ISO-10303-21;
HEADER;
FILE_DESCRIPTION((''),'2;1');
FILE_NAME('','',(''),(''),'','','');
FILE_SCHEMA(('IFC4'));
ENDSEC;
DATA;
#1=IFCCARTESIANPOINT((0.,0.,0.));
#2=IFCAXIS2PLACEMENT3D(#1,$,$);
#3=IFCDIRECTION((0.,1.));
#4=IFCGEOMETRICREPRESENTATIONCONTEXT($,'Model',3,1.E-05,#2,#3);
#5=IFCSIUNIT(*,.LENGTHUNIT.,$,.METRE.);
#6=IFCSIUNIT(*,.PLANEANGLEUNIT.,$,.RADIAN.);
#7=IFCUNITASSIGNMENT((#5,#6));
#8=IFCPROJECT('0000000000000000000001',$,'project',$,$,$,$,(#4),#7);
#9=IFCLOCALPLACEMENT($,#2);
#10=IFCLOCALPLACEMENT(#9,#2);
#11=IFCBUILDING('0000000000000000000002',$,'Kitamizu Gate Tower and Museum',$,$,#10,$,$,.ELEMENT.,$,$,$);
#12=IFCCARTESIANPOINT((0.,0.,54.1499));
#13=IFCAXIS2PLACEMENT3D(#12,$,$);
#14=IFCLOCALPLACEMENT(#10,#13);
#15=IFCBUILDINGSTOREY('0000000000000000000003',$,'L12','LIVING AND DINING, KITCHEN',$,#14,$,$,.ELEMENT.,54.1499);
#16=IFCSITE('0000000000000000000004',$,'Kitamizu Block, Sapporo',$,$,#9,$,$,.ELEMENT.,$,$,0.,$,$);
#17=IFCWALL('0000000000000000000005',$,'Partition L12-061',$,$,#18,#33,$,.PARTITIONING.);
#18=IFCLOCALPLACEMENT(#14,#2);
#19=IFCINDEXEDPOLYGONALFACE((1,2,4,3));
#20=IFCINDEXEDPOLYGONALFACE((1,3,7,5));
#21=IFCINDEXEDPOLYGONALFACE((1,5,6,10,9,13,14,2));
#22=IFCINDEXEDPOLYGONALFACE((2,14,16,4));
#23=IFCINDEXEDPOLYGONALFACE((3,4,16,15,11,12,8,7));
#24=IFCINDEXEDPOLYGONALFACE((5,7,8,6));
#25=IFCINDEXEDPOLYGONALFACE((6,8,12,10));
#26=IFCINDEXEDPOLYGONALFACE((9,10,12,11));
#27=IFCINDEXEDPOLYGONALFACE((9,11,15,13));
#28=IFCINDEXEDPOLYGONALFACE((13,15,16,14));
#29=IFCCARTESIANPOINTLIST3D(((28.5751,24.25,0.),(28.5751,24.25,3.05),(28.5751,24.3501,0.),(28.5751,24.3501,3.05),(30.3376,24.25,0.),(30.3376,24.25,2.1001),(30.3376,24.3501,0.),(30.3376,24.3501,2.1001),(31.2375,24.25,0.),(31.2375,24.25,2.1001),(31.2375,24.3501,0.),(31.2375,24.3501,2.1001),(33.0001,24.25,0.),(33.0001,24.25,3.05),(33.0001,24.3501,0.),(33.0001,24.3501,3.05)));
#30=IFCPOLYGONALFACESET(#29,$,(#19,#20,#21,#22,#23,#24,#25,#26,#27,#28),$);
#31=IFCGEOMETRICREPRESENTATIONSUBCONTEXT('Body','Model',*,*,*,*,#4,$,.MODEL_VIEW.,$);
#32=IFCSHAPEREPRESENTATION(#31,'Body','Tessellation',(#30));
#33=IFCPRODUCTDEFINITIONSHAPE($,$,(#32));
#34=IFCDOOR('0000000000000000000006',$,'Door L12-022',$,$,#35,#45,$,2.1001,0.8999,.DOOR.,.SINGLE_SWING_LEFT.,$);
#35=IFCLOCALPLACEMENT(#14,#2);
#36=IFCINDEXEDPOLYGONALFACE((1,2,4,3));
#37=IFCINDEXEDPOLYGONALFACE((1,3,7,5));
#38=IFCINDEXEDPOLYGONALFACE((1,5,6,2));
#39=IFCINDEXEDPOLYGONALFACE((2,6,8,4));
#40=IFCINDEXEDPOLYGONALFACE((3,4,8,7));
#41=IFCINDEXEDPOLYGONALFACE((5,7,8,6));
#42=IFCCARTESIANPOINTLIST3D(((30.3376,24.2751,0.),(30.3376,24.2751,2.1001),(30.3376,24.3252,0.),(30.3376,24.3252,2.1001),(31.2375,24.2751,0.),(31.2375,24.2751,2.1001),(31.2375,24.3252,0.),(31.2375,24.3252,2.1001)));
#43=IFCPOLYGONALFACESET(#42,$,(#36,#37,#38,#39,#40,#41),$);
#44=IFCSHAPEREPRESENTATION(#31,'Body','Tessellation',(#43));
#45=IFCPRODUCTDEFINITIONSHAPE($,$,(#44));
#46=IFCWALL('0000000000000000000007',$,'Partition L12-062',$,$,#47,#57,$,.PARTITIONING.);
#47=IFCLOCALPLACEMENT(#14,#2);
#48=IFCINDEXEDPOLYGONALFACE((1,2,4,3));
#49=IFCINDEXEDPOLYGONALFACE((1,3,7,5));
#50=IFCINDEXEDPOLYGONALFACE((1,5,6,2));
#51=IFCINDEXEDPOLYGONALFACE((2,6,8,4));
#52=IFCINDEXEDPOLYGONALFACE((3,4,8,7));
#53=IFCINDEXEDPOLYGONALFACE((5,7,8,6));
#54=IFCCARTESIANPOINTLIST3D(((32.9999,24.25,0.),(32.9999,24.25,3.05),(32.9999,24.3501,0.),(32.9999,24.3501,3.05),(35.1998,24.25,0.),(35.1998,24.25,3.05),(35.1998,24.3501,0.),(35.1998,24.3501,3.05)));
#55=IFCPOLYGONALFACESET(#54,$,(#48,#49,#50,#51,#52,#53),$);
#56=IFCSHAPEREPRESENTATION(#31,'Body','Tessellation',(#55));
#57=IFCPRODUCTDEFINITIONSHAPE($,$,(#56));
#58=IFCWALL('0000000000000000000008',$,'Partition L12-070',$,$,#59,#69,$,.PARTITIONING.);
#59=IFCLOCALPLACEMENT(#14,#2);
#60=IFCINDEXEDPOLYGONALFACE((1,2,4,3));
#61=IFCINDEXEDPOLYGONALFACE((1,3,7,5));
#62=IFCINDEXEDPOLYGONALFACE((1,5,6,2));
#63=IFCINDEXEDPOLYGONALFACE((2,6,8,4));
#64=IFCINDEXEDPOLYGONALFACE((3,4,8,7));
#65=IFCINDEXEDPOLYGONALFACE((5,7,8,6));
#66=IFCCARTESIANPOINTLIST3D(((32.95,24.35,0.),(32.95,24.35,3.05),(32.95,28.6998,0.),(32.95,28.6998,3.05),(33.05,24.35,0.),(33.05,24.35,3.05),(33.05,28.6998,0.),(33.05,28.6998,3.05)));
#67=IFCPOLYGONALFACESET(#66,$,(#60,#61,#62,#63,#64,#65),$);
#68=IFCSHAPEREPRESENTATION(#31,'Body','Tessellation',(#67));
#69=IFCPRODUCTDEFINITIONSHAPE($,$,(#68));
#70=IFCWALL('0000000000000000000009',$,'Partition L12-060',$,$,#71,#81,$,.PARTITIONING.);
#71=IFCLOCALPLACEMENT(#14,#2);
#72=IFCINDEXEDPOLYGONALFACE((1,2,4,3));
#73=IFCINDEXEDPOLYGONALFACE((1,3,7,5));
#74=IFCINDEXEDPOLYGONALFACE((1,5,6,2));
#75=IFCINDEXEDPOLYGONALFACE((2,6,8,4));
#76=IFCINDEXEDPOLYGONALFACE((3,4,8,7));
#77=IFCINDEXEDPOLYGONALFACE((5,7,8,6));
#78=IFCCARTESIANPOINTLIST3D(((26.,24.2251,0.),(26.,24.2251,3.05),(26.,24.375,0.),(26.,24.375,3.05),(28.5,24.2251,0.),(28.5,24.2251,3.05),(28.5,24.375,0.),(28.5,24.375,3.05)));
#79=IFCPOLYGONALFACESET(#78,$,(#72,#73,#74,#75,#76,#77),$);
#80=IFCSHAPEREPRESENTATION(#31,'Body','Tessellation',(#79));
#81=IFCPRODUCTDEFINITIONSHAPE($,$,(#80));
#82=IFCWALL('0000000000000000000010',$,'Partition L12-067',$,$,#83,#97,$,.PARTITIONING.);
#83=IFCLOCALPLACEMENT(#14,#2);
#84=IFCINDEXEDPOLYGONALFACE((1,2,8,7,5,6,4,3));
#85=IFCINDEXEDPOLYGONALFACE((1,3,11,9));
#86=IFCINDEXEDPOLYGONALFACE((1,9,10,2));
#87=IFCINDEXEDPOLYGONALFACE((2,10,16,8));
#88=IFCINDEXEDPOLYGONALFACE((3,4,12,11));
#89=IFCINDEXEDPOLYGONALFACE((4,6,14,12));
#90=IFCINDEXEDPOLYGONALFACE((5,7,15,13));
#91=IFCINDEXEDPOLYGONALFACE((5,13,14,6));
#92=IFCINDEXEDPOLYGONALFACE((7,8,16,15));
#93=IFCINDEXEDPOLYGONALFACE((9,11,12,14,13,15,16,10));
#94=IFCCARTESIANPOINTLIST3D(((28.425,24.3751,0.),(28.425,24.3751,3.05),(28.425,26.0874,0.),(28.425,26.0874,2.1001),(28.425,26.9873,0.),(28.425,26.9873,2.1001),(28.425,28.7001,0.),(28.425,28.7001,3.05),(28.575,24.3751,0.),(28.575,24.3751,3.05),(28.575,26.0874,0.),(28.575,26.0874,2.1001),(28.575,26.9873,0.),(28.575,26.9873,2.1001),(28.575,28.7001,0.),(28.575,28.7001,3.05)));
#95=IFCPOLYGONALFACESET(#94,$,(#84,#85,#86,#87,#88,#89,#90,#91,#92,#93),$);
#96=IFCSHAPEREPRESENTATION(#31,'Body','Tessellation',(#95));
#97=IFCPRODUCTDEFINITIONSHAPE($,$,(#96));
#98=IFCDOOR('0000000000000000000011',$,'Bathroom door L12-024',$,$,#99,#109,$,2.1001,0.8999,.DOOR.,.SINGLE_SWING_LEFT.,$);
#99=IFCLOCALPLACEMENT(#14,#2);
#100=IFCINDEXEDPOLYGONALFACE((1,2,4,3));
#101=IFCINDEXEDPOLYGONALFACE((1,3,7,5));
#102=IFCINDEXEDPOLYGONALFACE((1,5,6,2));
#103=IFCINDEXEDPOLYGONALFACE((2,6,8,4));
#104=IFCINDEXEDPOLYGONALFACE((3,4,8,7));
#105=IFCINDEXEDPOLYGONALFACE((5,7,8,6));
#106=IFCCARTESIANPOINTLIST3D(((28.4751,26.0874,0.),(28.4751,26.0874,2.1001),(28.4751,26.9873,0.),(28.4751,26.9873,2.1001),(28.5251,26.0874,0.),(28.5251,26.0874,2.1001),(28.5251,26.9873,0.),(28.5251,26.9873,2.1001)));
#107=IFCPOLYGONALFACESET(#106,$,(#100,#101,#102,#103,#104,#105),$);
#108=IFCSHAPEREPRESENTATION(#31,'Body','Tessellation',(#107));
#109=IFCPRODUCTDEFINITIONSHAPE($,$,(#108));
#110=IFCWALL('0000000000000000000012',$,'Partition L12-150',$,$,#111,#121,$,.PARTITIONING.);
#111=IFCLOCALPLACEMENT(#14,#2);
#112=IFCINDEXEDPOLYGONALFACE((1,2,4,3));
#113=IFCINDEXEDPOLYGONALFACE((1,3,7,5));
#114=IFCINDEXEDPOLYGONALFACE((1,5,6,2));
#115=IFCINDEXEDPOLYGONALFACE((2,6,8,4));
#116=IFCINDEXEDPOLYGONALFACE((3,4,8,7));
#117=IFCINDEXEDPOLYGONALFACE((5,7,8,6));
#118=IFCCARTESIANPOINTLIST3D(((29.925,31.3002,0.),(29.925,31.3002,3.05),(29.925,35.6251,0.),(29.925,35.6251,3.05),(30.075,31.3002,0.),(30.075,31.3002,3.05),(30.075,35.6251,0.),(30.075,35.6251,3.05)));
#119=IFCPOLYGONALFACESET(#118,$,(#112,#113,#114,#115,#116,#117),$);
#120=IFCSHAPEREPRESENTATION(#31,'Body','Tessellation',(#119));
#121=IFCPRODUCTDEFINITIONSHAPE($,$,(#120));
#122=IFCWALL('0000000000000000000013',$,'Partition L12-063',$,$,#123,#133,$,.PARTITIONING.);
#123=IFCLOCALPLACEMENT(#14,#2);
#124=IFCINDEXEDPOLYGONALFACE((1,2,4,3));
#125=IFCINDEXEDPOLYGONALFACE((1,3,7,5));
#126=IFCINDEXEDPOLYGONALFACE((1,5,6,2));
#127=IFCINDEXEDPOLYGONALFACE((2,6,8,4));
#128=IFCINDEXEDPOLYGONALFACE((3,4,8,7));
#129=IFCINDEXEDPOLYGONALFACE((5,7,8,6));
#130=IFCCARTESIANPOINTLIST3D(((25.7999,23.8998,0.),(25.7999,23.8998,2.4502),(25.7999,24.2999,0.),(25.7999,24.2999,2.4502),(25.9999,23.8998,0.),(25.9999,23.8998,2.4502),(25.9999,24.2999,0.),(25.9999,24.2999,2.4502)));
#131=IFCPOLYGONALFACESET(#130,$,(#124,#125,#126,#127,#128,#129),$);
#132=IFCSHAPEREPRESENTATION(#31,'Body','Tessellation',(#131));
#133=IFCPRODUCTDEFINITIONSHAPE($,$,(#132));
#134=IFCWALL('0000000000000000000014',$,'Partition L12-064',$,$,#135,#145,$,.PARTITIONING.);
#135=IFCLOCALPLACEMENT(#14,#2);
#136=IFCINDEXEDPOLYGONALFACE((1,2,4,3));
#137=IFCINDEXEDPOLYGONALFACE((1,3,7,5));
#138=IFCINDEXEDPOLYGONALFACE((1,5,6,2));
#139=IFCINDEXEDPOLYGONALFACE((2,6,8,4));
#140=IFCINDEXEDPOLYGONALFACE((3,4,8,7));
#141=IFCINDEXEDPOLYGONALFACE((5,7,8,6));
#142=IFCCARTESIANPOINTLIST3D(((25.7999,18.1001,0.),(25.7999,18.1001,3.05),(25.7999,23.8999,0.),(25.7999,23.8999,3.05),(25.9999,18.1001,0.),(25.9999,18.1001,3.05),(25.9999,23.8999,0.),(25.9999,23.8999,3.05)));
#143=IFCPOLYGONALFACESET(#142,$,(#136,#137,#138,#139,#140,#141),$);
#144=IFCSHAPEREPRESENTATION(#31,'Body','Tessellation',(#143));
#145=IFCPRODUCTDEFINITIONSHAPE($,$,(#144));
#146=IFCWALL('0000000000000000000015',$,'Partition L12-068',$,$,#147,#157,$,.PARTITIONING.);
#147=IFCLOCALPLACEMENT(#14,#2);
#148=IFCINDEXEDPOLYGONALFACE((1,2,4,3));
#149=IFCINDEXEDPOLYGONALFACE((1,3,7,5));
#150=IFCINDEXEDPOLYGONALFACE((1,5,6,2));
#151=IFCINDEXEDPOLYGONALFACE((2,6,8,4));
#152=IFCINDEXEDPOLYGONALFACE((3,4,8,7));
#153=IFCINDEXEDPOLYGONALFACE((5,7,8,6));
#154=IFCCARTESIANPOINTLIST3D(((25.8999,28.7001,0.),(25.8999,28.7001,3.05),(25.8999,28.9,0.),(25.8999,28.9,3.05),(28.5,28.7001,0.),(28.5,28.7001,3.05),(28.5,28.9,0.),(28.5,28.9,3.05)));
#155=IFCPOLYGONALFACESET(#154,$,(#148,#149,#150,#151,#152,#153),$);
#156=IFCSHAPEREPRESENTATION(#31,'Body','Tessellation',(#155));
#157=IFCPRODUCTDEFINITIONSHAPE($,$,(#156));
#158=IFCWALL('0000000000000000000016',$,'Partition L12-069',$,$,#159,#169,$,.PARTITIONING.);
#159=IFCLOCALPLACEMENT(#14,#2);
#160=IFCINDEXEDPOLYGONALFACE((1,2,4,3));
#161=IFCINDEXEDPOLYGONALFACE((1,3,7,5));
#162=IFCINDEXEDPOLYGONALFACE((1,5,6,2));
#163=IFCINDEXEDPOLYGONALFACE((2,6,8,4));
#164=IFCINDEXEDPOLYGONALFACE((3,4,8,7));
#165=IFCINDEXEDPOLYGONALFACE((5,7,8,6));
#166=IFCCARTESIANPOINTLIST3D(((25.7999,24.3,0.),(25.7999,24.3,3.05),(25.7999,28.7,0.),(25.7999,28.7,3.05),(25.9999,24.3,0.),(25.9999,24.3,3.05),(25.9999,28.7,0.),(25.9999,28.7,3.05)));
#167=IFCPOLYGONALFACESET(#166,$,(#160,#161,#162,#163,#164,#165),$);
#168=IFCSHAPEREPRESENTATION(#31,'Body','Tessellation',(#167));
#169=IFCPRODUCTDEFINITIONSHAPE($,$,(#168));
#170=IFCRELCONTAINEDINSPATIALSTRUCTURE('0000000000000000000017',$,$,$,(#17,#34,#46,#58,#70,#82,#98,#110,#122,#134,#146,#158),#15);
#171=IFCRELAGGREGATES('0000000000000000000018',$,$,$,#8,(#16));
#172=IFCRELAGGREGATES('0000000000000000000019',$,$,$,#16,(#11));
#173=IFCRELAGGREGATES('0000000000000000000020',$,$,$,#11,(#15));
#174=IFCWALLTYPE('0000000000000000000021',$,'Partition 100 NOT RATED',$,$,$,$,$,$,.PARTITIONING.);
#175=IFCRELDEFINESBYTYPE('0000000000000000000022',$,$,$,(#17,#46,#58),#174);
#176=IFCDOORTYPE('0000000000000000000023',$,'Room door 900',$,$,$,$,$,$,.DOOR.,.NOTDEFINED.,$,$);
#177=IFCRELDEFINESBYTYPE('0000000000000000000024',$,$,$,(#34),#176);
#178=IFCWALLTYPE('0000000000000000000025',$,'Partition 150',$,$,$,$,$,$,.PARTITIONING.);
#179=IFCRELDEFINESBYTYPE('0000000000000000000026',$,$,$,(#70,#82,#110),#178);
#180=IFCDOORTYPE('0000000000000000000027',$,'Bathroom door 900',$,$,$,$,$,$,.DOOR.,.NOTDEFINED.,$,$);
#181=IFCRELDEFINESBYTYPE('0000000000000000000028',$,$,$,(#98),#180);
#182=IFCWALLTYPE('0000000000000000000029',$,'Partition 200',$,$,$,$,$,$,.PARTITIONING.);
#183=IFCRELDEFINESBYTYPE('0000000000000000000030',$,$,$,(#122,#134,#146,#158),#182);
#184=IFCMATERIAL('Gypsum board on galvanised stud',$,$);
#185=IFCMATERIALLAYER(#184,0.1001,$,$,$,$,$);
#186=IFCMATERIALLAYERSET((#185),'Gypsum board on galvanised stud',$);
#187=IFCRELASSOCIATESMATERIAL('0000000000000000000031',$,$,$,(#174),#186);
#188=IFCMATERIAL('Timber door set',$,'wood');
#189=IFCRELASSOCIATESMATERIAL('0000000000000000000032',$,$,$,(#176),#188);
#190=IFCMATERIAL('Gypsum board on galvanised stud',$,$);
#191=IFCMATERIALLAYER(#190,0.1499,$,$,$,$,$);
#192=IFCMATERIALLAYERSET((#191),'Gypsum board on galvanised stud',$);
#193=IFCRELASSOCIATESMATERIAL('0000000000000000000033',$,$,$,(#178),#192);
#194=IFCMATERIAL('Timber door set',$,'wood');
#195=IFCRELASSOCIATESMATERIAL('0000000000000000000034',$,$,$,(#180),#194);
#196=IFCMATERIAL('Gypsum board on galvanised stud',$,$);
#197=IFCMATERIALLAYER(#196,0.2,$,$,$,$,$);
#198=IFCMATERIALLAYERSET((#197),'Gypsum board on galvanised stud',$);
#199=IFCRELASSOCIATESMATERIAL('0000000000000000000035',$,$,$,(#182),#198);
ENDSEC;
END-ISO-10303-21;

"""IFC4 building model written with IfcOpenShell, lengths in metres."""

from ifc_helpers import new_model, si_unit, direction, frame, frame_2d, origin, place, context, subcontext, project, spatial, rectangle, extrude, material, layer, layer_set, type_object, element, fill, save


model = new_model("IFC4")

# Units and contexts
model_context = context("Model", 3, precision=1e-05, world=origin(), true_north=direction((0.0, 1.0)))
body_context = subcontext(model_context, "Body", "Model", "MODEL_VIEW")
ifc_project = project(units=[si_unit("LENGTHUNIT", "METRE"), si_unit("PLANEANGLEUNIT", "RADIAN")], contexts=[model_context])

# Site, building, storey
site_placement = place(None, origin())
site = spatial("IfcSite", under=ifc_project, at=site_placement, Name="Kitamizu Block, Sapporo", CompositionType="ELEMENT", RefElevation=0.0)
building_placement = place(site_placement, origin())
building = spatial("IfcBuilding", under=site, at=building_placement, Name="Kitamizu Gate Tower and Museum", CompositionType="ELEMENT")
storey_placement = place(building_placement, frame((0.0, 0.0, 54.1499)))
storey = spatial("IfcBuildingStorey", under=building, at=storey_placement, Name="L12", Description="LIVING AND DINING, KITCHEN", CompositionType="ELEMENT", Elevation=54.1499)

# Wall, opening, door
ifc_material_1 = material(Name="Gypsum board on galvanised stud")
ifc_layer_1 = layer(ifc_material_1, 0.1001)
ifc_layer_set_1 = layer_set([ifc_layer_1], Name="Gypsum board on galvanised stud")
wall_type_1 = type_object("IfcWallType", Name="Partition 100 NOT RATED", PredefinedType="PARTITIONING", material=ifc_layer_set_1)
wall_1_placement = place(storey_placement, frame((33.0, 24.3, 0.0), z_axis=(0.0, 0.0, 1.0), x_axis=(-1.0, 0.0, 0.0)))
wall_1 = element("IfcWall", 1, at=wall_1_placement, inside=storey, type_object=wall_type_1, Name="Partition L12-061", PredefinedType="PARTITIONING", context=body_context, shape_type="SweptSolid", body=[
    extrude(rectangle(XDim=4.425, YDim=0.1001, at=frame_2d((2.2124, 0.0))), origin(), (0.0, 0.0, 1.0), 3.05),
])
opening_1_placement = place(wall_1_placement, frame((1.7625, 0.0, 0.0)))
opening_1 = element("IfcOpeningElement", 2, at=opening_1_placement, cuts=wall_1, PredefinedType="OPENING", context=body_context, shape_type="SweptSolid", body=[
    extrude(rectangle(XDim=0.8999, YDim=2.1001, at=frame_2d((0.45, 1.05))), frame((0.0, 0.0601, 0.0), z_axis=(0.0, -1.0, 0.0), x_axis=(1.0, 0.0, 0.0)), (0.0, 0.0, 1.0), 0.1201),
])
ifc_material_2 = material(Name="Timber door set", Category="wood")
door_type_1 = type_object("IfcDoorType", Name="Room door 900", OperationType="NOTDEFINED", PredefinedType="DOOR", material=ifc_material_2)
door_1_placement = place(opening_1_placement, origin())
door_1 = element("IfcDoor", 3, at=door_1_placement, inside=storey, type_object=door_type_1, Name="Door L12-022", OperationType="SINGLE_SWING_LEFT", OverallHeight=2.1001, OverallWidth=0.8999, PredefinedType="DOOR", context=body_context, shape_type="SweptSolid", body=[
    extrude(rectangle(XDim=0.8999, YDim=2.1001, at=frame_2d((0.45, 1.05))), frame((0.0, 0.0249, 0.0), z_axis=(0.0, -1.0, 0.0), x_axis=(1.0, 0.0, 0.0)), (0.0, 0.0, 1.0), 0.05),
])
fill(opening_1, door_1)

# Walls
wall_2_placement = place(storey_placement, frame((35.2, 24.3, 0.0), z_axis=(0.0, 0.0, 1.0), x_axis=(-1.0, 0.0, 0.0)))
element("IfcWall", 4, at=wall_2_placement, inside=storey, type_object=wall_type_1, Name="Partition L12-062", PredefinedType="PARTITIONING", context=body_context, shape_type="SweptSolid", body=[
    extrude(rectangle(XDim=2.2, YDim=0.1001, at=frame_2d((1.1001, 0.0))), origin(), (0.0, 0.0, 1.0), 3.05),
])
wall_3_placement = place(storey_placement, frame((33.0, 24.3501, 0.0), z_axis=(0.0, 0.0, 1.0), x_axis=(0.0, 1.0, 0.0)))
element("IfcWall", 5, at=wall_3_placement, inside=storey, type_object=wall_type_1, Name="Partition L12-070", PredefinedType="PARTITIONING", context=body_context, shape_type="SweptSolid", body=[
    extrude(rectangle(XDim=4.3499, YDim=0.1001, at=frame_2d((2.1748, 0.0))), origin(), (0.0, 0.0, 1.0), 3.05),
])
ifc_material_3 = material(Name="Gypsum board on galvanised stud")
ifc_layer_2 = layer(ifc_material_3, 0.1499)
ifc_layer_set_2 = layer_set([ifc_layer_2], Name="Gypsum board on galvanised stud")
wall_type_2 = type_object("IfcWallType", Name="Partition 150", PredefinedType="PARTITIONING", material=ifc_layer_set_2)
wall_4_placement = place(storey_placement, frame((28.5, 24.3, 0.0), z_axis=(0.0, 0.0, 1.0), x_axis=(-1.0, 0.0, 0.0)))
element("IfcWall", 6, at=wall_4_placement, inside=storey, type_object=wall_type_2, Name="Partition L12-060", PredefinedType="PARTITIONING", context=body_context, shape_type="SweptSolid", body=[
    extrude(rectangle(XDim=2.5, YDim=0.1499, at=frame_2d((1.25, 0.0))), origin(), (0.0, 0.0, 1.0), 3.05),
])

# Wall, opening, door
wall_5_placement = place(storey_placement, frame((28.5, 24.375, 0.0), z_axis=(0.0, 0.0, 1.0), x_axis=(0.0, 1.0, 0.0)))
wall_5 = element("IfcWall", 7, at=wall_5_placement, inside=storey, type_object=wall_type_2, Name="Partition L12-067", PredefinedType="PARTITIONING", context=body_context, shape_type="SweptSolid", body=[
    extrude(rectangle(XDim=4.325, YDim=0.1499, at=frame_2d((2.1626, 0.0))), origin(), (0.0, 0.0, 1.0), 3.05),
])
opening_2_placement = place(wall_5_placement, frame((1.7124, 0.0, 0.0)))
opening_2 = element("IfcOpeningElement", 8, at=opening_2_placement, cuts=wall_5, PredefinedType="OPENING", context=body_context, shape_type="SweptSolid", body=[
    extrude(rectangle(XDim=0.8999, YDim=2.1001, at=frame_2d((0.45, 1.05))), frame((0.0, 0.085, 0.0), z_axis=(0.0, -1.0, 0.0), x_axis=(1.0, 0.0, 0.0)), (0.0, 0.0, 1.0), 0.1699),
])
ifc_material_4 = material(Name="Timber door set", Category="wood")
door_type_2 = type_object("IfcDoorType", Name="Bathroom door 900", OperationType="NOTDEFINED", PredefinedType="DOOR", material=ifc_material_4)
door_2_placement = place(opening_2_placement, origin())
door_2 = element("IfcDoor", 9, at=door_2_placement, inside=storey, type_object=door_type_2, Name="Bathroom door L12-024", OperationType="SINGLE_SWING_LEFT", OverallHeight=2.1001, OverallWidth=0.8999, PredefinedType="DOOR", context=body_context, shape_type="SweptSolid", body=[
    extrude(rectangle(XDim=0.8999, YDim=2.1001, at=frame_2d((0.45, 1.05))), frame((0.0, 0.0249, 0.0), z_axis=(0.0, -1.0, 0.0), x_axis=(1.0, 0.0, 0.0)), (0.0, 0.0, 1.0), 0.05),
])
fill(opening_2, door_2)

# Walls
wall_6_placement = place(storey_placement, frame((30.0, 31.3, 0.0), z_axis=(0.0, 0.0, 1.0), x_axis=(0.0, 1.0, 0.0)))
element("IfcWall", 10, at=wall_6_placement, inside=storey, type_object=wall_type_2, Name="Partition L12-150", PredefinedType="PARTITIONING", context=body_context, shape_type="SweptSolid", body=[
    extrude(rectangle(XDim=4.325, YDim=0.1499, at=frame_2d((2.1626, 0.0))), origin(), (0.0, 0.0, 1.0), 3.05),
])
ifc_material_5 = material(Name="Gypsum board on galvanised stud")
ifc_layer_3 = layer(ifc_material_5, 0.2)
ifc_layer_set_3 = layer_set([ifc_layer_3], Name="Gypsum board on galvanised stud")
wall_type_3 = type_object("IfcWallType", Name="Partition 200", PredefinedType="PARTITIONING", material=ifc_layer_set_3)
wall_7_placement = place(storey_placement, frame((25.8999, 24.3, 0.0), z_axis=(0.0, 0.0, 1.0), x_axis=(0.0, -1.0, 0.0)))
element("IfcWall", 11, at=wall_7_placement, inside=storey, type_object=wall_type_3, Name="Partition L12-063", PredefinedType="PARTITIONING", context=body_context, shape_type="SweptSolid", body=[
    extrude(rectangle(XDim=0.4001, YDim=0.2, at=frame_2d((0.2002, 0.0))), origin(), (0.0, 0.0, 1.0), 2.4502),
])
wall_8_placement = place(storey_placement, frame((25.8999, 23.8999, 0.0), z_axis=(0.0, 0.0, 1.0), x_axis=(0.0, -1.0, 0.0)))
element("IfcWall", 12, at=wall_8_placement, inside=storey, type_object=wall_type_3, Name="Partition L12-064", PredefinedType="PARTITIONING", context=body_context, shape_type="SweptSolid", body=[
    extrude(rectangle(XDim=5.7998, YDim=0.2, at=frame_2d((2.8999, 0.0))), origin(), (0.0, 0.0, 1.0), 3.05),
])
wall_9_placement = place(storey_placement, frame((28.5, 28.8, 0.0), z_axis=(0.0, 0.0, 1.0), x_axis=(-1.0, 0.0, 0.0)))
element("IfcWall", 13, at=wall_9_placement, inside=storey, type_object=wall_type_3, Name="Partition L12-068", PredefinedType="PARTITIONING", context=body_context, shape_type="SweptSolid", body=[
    extrude(rectangle(XDim=2.6001, YDim=0.2, at=frame_2d((1.3, 0.0))), origin(), (0.0, 0.0, 1.0), 3.05),
])
wall_10_placement = place(storey_placement, frame((25.8999, 28.7, 0.0), z_axis=(0.0, 0.0, 1.0), x_axis=(0.0, -1.0, 0.0)))
element("IfcWall", 14, at=wall_10_placement, inside=storey, type_object=wall_type_3, Name="Partition L12-069", PredefinedType="PARTITIONING", context=body_context, shape_type="SweptSolid", body=[
    extrude(rectangle(XDim=4.3999, YDim=0.2, at=frame_2d((2.2, 0.0))), origin(), (0.0, 0.0, 1.0), 3.05),
])

save(model, "model.ifc")
